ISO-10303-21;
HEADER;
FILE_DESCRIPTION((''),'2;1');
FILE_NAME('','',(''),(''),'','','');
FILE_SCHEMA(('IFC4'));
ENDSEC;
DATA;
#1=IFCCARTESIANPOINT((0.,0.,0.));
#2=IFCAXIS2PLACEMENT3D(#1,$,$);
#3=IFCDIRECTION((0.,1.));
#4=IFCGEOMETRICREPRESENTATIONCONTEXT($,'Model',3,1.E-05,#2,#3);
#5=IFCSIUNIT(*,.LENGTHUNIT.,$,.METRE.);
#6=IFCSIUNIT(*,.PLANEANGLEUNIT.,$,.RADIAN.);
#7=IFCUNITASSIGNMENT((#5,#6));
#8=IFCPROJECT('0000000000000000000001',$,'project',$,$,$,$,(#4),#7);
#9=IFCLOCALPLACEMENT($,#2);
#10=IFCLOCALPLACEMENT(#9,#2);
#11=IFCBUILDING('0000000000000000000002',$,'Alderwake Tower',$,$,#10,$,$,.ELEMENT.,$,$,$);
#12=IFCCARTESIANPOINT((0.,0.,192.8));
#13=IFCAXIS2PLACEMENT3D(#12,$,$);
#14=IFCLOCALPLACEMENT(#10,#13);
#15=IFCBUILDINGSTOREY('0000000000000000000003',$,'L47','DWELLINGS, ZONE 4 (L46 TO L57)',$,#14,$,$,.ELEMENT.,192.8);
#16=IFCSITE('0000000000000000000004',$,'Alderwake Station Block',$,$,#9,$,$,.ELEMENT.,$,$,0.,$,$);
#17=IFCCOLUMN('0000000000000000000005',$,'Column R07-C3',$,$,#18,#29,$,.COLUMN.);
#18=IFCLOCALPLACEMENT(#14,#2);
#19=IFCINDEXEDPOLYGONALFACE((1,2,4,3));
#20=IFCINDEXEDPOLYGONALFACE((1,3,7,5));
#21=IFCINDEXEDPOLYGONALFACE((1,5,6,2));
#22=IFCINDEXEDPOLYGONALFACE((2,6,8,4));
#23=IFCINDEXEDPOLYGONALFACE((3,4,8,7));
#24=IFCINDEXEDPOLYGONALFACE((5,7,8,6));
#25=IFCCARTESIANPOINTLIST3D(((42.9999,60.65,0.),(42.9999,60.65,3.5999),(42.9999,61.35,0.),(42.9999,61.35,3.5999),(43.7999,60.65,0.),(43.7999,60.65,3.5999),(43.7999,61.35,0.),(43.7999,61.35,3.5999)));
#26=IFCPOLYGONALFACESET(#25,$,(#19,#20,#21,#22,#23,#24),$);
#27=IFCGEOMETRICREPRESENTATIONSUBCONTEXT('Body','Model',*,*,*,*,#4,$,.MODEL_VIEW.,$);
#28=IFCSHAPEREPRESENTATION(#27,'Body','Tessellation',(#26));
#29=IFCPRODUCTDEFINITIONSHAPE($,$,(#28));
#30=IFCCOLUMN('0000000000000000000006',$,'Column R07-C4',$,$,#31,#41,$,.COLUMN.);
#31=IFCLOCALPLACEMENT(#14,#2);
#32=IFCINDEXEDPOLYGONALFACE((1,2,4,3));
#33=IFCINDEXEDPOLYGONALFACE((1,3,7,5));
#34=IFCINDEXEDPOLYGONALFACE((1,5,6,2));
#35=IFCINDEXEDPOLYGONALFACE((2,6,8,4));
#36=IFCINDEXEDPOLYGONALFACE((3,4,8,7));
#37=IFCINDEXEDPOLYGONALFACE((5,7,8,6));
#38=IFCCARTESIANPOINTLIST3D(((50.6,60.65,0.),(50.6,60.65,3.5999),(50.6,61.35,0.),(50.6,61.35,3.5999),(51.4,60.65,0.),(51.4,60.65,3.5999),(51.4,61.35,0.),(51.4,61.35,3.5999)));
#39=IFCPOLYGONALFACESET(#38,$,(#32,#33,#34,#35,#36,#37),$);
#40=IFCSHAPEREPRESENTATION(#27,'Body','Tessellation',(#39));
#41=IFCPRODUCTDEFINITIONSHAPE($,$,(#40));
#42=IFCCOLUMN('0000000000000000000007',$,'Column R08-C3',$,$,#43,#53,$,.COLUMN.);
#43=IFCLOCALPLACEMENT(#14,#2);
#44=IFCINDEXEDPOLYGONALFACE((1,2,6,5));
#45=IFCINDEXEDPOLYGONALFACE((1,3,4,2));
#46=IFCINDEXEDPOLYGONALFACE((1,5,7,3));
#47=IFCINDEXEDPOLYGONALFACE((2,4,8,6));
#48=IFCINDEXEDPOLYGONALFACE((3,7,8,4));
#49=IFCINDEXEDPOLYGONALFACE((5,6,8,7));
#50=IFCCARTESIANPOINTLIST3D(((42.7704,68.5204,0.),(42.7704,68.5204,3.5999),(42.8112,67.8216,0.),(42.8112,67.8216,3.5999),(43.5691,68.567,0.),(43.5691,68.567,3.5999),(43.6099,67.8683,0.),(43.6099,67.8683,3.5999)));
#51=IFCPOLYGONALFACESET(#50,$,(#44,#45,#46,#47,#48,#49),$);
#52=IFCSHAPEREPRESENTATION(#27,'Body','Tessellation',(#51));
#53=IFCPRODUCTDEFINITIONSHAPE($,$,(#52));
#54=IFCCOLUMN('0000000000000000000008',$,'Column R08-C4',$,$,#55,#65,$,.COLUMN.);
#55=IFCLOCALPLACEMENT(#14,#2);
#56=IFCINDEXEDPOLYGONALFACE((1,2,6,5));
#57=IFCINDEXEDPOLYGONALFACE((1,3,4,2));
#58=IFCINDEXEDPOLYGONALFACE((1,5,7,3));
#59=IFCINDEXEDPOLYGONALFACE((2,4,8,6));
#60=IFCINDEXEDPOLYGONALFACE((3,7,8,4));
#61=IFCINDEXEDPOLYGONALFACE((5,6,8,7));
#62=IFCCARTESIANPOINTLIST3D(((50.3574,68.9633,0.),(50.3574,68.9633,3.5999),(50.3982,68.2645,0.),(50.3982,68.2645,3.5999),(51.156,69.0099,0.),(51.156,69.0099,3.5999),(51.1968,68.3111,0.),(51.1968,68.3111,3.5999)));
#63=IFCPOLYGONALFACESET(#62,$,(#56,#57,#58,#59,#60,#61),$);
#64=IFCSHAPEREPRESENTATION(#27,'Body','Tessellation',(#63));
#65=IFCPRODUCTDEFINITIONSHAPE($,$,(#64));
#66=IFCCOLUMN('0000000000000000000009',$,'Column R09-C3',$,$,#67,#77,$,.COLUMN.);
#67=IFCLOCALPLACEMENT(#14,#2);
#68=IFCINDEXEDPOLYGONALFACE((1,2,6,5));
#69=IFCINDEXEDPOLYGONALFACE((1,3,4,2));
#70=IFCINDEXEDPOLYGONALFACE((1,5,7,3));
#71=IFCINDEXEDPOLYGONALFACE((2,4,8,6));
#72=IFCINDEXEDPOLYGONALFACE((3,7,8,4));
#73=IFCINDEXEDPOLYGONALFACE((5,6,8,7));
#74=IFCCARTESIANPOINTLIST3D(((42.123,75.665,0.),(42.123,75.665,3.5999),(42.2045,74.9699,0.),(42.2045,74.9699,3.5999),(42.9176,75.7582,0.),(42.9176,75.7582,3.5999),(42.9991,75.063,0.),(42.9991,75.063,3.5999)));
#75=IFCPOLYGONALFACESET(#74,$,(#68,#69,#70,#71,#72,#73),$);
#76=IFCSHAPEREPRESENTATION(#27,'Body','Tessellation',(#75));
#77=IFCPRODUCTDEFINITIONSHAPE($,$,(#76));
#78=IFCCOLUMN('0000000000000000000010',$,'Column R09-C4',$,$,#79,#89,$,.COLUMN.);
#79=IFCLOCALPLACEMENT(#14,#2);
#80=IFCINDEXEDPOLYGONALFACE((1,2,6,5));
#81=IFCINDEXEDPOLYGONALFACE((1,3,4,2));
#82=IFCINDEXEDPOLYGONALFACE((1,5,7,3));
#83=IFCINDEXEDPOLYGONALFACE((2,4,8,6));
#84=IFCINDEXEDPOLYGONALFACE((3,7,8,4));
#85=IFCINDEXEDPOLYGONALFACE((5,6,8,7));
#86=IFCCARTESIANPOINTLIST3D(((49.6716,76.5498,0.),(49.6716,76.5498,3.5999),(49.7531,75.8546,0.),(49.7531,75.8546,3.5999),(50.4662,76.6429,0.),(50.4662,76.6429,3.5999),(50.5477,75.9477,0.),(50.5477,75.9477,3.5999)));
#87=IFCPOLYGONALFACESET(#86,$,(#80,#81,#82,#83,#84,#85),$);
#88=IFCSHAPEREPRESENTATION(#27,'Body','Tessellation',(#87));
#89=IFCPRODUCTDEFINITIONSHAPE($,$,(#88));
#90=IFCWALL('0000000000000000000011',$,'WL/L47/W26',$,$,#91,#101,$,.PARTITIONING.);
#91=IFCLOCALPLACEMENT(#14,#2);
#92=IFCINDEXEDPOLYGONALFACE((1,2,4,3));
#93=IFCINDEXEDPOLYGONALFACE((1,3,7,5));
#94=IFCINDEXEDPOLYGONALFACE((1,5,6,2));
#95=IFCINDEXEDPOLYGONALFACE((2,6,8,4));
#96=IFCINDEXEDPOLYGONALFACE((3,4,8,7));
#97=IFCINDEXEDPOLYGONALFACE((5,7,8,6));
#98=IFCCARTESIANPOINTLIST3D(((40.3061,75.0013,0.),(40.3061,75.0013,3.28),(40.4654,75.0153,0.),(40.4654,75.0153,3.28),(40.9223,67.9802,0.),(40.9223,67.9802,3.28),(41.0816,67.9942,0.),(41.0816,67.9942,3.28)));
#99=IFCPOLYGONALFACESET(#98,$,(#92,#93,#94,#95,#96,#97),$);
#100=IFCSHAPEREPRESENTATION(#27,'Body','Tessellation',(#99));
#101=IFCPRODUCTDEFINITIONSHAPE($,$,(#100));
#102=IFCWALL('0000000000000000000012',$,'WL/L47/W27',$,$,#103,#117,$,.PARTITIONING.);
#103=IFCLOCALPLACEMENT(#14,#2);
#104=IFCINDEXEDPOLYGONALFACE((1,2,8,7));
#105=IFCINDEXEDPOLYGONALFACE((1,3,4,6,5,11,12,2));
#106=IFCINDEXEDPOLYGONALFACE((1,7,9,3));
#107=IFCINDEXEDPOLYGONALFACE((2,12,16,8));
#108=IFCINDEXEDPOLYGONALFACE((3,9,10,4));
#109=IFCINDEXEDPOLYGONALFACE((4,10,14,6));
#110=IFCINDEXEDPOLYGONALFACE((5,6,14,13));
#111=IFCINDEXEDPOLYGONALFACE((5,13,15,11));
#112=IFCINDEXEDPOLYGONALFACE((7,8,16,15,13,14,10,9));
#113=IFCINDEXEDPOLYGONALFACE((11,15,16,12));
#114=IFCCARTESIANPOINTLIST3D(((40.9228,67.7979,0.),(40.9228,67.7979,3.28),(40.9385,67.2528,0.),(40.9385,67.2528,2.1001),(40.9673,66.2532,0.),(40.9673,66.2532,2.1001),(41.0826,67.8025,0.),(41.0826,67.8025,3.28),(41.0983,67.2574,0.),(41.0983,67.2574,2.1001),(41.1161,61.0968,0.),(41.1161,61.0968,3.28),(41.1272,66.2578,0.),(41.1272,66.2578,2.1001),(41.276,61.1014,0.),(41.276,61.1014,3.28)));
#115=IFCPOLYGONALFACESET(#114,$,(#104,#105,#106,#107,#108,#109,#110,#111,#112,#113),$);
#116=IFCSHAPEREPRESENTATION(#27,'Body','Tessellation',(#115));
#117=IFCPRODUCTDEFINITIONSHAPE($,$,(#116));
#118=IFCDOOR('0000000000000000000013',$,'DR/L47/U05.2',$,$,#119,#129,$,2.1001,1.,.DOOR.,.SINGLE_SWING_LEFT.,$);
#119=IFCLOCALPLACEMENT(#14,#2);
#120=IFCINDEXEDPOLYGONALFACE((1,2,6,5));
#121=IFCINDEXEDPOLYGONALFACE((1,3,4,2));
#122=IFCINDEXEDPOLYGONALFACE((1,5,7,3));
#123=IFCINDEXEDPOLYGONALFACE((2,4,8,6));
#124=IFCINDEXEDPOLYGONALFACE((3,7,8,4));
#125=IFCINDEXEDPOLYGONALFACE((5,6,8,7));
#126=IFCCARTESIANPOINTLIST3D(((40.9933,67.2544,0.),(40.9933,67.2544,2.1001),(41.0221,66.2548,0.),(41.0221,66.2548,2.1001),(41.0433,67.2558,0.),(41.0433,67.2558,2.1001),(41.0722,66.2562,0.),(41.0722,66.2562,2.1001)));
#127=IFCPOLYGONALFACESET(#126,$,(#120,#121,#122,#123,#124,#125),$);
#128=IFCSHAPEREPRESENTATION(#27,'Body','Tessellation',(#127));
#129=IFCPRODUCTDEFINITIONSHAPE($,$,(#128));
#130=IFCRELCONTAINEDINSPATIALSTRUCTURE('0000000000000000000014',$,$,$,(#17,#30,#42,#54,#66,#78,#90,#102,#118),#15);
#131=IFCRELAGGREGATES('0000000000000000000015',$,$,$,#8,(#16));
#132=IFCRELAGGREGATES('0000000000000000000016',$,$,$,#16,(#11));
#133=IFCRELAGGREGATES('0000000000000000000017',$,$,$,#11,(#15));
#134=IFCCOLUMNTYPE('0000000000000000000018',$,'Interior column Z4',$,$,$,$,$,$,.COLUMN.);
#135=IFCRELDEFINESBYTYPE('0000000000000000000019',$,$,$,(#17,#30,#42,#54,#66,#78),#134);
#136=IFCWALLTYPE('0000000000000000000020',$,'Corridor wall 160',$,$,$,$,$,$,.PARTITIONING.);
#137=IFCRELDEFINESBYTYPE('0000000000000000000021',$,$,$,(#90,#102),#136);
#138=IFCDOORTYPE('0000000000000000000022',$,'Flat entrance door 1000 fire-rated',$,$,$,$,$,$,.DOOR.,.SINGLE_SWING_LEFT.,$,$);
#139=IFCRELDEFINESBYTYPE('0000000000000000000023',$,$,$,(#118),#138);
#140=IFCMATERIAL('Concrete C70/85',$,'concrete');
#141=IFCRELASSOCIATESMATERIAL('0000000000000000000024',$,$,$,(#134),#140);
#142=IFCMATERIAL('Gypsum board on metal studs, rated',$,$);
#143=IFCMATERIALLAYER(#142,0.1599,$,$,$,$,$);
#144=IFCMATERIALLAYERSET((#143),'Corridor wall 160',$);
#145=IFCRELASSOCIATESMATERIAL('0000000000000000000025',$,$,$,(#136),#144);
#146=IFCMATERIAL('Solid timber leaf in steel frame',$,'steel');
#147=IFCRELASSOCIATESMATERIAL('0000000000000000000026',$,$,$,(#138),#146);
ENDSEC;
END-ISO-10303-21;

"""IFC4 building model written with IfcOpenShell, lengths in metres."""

from ifc_helpers import new_model, si_unit, direction, frame, frame_2d, origin, origin_2d, place, context, subcontext, project, spatial, rectangle, extrude, material, layer, layer_set, material_profile, profile_set, type_object, element, fill, save


model = new_model("IFC4")

# Units and contexts
model_context = context("Model", 3, precision=1e-05, world=origin(), true_north=direction((0.0, 1.0)))
body_context = subcontext(model_context, "Body", "Model", "MODEL_VIEW")
ifc_project = project(units=[si_unit("LENGTHUNIT", "METRE"), si_unit("PLANEANGLEUNIT", "RADIAN")], contexts=[model_context])

# Site, building, storey
site_placement = place(None, origin())
site = spatial("IfcSite", under=ifc_project, at=site_placement, Name="Alderwake Station Block", CompositionType="ELEMENT", RefElevation=0.0)
building_placement = place(site_placement, origin())
building = spatial("IfcBuilding", under=site, at=building_placement, Name="Alderwake Tower", CompositionType="ELEMENT")
storey_placement = place(building_placement, frame((0.0, 0.0, 192.8)))
storey = spatial("IfcBuildingStorey", under=building, at=storey_placement, Name="L47", Description="DWELLINGS, ZONE 4 (L46 TO L57)", CompositionType="ELEMENT", Elevation=192.8)

# Columns
ifc_material_1 = material(Name="Concrete C70/85", Category="concrete")
ifc_material_profile = material_profile(ifc_material_1, rectangle(XDim=0.7, YDim=0.8, at=origin_2d()), Name="RC 800X700")
ifc_profile_set = profile_set([ifc_material_profile], Name="Concrete C70/85")
column_type = type_object("IfcColumnType", Name="Interior column Z4", PredefinedType="COLUMN", material=ifc_profile_set)
for number, where, z_axis, x_axis, name in (
    (1, (43.3999, 61.0, 0.0), (0.0, 0.0, 1.0), (0.0, 1.0, 0.0), "Column R07-C3"),
    (2, (51.0, 61.0, 0.0), (0.0, 0.0, 1.0), (0.0, 1.0, 0.0), "Column R07-C4"),
    (3, (43.1902, 68.1943, 0.0), (0.0, 0.0, 1.0), (-0.058301, 0.998299, 0.0), "Column R08-C3"),
    (4, (50.7771, 68.6372, 0.0), (0.0, 0.0, 1.0), (-0.058299, 0.998299, 0.0), "Column R08-C4"),
    (5, (42.561, 75.364, 0.0), (0.0, 0.0, 1.0), (-0.116402, 0.993202, 0.0), "Column R09-C3"),
    (6, (50.1096, 76.2488, 0.0), (0.0, 0.0, 1.0), (-0.116402, 0.993202, 0.0), "Column R09-C4"),
):
    element("IfcColumn", number, at=place(storey_placement, frame(where, z_axis=z_axis, x_axis=x_axis)), inside=storey, type_object=column_type, Name=name, PredefinedType="COLUMN", context=body_context, shape_type="SweptSolid", body=[
        extrude(rectangle(XDim=0.7, YDim=0.8, at=origin_2d()), origin(), (0.0, 0.0, 1.0), 3.5999),
    ])

# Wall
ifc_material_2 = material(Name="Gypsum board on metal studs, rated")
ifc_layer_1 = layer(ifc_material_2, 0.1599)
ifc_layer_set_1 = layer_set([ifc_layer_1], Name="Corridor wall 160")
wall_type_1 = type_object("IfcWallType", Name="Corridor wall 160", PredefinedType="PARTITIONING", material=ifc_layer_set_1)
wall_1_placement = place(storey_placement, frame((41.002, 67.9873, 0.0), z_axis=(0.0, 0.0, 1.0), x_axis=(-0.087431, 0.996171, 0.0)))
element("IfcWall", 7, at=wall_1_placement, inside=storey, type_object=wall_type_1, Name="WL/L47/W26", PredefinedType="PARTITIONING", context=body_context, shape_type="SweptSolid", body=[
    extrude(rectangle(XDim=7.0481, YDim=0.1599, at=frame_2d((3.5239, 0.0))), origin(), (0.0, 0.0, 1.0), 3.28),
])

# Wall, opening, door
wall_2_placement = place(storey_placement, frame((41.0027, 67.8003, 0.0), z_axis=(0.0, 0.0, 1.0), x_axis=(0.028843, -0.999584, 0.0)))
wall_2 = element("IfcWall", 8, at=wall_2_placement, inside=storey, type_object=wall_type_1, Name="WL/L47/W27", PredefinedType="PARTITIONING", context=body_context, shape_type="SweptSolid", body=[
    extrude(rectangle(XDim=6.7039, YDim=0.1599, at=frame_2d((3.3521, 0.0))), origin(), (0.0, 0.0, 1.0), 3.28),
])
opening_1_placement = place(wall_2_placement, frame((0.5454, 0.0, 0.0)))
opening_1 = element("IfcOpeningElement", 9, at=opening_1_placement, cuts=wall_2, PredefinedType="OPENING", context=body_context, shape_type="SweptSolid", body=[
    extrude(rectangle(XDim=1.0, YDim=2.1001, at=frame_2d((0.5, 1.05))), frame((0.0, 0.0898, 0.0), z_axis=(0.0, -1.0, 0.0), x_axis=(1.0, 0.0, 0.0)), (0.0, 0.0, 1.0), 0.1799),
])
ifc_material_3 = material(Name="Solid timber leaf in steel frame", Category="steel")
door_type_1 = type_object("IfcDoorType", Name="Flat entrance door 1000 fire-rated", OperationType="SINGLE_SWING_LEFT", PredefinedType="DOOR", material=ifc_material_3)
door_1_placement = place(opening_1_placement, origin())
door_1 = element("IfcDoor", 10, at=door_1_placement, inside=storey, type_object=door_type_1, Name="DR/L47/U05.2", OperationType="SINGLE_SWING_LEFT", OverallHeight=2.1001, OverallWidth=1.0, PredefinedType="DOOR", context=body_context, shape_type="SweptSolid", body=[
    extrude(rectangle(XDim=1.0, YDim=2.1001, at=frame_2d((0.5, 1.05))), frame((0.0, 0.0249, 0.0), z_axis=(0.0, -1.0, 0.0), x_axis=(1.0, 0.0, 0.0)), (0.0, 0.0, 1.0), 0.05),
])
fill(opening_1, door_1)

save(model, "model.ifc")
